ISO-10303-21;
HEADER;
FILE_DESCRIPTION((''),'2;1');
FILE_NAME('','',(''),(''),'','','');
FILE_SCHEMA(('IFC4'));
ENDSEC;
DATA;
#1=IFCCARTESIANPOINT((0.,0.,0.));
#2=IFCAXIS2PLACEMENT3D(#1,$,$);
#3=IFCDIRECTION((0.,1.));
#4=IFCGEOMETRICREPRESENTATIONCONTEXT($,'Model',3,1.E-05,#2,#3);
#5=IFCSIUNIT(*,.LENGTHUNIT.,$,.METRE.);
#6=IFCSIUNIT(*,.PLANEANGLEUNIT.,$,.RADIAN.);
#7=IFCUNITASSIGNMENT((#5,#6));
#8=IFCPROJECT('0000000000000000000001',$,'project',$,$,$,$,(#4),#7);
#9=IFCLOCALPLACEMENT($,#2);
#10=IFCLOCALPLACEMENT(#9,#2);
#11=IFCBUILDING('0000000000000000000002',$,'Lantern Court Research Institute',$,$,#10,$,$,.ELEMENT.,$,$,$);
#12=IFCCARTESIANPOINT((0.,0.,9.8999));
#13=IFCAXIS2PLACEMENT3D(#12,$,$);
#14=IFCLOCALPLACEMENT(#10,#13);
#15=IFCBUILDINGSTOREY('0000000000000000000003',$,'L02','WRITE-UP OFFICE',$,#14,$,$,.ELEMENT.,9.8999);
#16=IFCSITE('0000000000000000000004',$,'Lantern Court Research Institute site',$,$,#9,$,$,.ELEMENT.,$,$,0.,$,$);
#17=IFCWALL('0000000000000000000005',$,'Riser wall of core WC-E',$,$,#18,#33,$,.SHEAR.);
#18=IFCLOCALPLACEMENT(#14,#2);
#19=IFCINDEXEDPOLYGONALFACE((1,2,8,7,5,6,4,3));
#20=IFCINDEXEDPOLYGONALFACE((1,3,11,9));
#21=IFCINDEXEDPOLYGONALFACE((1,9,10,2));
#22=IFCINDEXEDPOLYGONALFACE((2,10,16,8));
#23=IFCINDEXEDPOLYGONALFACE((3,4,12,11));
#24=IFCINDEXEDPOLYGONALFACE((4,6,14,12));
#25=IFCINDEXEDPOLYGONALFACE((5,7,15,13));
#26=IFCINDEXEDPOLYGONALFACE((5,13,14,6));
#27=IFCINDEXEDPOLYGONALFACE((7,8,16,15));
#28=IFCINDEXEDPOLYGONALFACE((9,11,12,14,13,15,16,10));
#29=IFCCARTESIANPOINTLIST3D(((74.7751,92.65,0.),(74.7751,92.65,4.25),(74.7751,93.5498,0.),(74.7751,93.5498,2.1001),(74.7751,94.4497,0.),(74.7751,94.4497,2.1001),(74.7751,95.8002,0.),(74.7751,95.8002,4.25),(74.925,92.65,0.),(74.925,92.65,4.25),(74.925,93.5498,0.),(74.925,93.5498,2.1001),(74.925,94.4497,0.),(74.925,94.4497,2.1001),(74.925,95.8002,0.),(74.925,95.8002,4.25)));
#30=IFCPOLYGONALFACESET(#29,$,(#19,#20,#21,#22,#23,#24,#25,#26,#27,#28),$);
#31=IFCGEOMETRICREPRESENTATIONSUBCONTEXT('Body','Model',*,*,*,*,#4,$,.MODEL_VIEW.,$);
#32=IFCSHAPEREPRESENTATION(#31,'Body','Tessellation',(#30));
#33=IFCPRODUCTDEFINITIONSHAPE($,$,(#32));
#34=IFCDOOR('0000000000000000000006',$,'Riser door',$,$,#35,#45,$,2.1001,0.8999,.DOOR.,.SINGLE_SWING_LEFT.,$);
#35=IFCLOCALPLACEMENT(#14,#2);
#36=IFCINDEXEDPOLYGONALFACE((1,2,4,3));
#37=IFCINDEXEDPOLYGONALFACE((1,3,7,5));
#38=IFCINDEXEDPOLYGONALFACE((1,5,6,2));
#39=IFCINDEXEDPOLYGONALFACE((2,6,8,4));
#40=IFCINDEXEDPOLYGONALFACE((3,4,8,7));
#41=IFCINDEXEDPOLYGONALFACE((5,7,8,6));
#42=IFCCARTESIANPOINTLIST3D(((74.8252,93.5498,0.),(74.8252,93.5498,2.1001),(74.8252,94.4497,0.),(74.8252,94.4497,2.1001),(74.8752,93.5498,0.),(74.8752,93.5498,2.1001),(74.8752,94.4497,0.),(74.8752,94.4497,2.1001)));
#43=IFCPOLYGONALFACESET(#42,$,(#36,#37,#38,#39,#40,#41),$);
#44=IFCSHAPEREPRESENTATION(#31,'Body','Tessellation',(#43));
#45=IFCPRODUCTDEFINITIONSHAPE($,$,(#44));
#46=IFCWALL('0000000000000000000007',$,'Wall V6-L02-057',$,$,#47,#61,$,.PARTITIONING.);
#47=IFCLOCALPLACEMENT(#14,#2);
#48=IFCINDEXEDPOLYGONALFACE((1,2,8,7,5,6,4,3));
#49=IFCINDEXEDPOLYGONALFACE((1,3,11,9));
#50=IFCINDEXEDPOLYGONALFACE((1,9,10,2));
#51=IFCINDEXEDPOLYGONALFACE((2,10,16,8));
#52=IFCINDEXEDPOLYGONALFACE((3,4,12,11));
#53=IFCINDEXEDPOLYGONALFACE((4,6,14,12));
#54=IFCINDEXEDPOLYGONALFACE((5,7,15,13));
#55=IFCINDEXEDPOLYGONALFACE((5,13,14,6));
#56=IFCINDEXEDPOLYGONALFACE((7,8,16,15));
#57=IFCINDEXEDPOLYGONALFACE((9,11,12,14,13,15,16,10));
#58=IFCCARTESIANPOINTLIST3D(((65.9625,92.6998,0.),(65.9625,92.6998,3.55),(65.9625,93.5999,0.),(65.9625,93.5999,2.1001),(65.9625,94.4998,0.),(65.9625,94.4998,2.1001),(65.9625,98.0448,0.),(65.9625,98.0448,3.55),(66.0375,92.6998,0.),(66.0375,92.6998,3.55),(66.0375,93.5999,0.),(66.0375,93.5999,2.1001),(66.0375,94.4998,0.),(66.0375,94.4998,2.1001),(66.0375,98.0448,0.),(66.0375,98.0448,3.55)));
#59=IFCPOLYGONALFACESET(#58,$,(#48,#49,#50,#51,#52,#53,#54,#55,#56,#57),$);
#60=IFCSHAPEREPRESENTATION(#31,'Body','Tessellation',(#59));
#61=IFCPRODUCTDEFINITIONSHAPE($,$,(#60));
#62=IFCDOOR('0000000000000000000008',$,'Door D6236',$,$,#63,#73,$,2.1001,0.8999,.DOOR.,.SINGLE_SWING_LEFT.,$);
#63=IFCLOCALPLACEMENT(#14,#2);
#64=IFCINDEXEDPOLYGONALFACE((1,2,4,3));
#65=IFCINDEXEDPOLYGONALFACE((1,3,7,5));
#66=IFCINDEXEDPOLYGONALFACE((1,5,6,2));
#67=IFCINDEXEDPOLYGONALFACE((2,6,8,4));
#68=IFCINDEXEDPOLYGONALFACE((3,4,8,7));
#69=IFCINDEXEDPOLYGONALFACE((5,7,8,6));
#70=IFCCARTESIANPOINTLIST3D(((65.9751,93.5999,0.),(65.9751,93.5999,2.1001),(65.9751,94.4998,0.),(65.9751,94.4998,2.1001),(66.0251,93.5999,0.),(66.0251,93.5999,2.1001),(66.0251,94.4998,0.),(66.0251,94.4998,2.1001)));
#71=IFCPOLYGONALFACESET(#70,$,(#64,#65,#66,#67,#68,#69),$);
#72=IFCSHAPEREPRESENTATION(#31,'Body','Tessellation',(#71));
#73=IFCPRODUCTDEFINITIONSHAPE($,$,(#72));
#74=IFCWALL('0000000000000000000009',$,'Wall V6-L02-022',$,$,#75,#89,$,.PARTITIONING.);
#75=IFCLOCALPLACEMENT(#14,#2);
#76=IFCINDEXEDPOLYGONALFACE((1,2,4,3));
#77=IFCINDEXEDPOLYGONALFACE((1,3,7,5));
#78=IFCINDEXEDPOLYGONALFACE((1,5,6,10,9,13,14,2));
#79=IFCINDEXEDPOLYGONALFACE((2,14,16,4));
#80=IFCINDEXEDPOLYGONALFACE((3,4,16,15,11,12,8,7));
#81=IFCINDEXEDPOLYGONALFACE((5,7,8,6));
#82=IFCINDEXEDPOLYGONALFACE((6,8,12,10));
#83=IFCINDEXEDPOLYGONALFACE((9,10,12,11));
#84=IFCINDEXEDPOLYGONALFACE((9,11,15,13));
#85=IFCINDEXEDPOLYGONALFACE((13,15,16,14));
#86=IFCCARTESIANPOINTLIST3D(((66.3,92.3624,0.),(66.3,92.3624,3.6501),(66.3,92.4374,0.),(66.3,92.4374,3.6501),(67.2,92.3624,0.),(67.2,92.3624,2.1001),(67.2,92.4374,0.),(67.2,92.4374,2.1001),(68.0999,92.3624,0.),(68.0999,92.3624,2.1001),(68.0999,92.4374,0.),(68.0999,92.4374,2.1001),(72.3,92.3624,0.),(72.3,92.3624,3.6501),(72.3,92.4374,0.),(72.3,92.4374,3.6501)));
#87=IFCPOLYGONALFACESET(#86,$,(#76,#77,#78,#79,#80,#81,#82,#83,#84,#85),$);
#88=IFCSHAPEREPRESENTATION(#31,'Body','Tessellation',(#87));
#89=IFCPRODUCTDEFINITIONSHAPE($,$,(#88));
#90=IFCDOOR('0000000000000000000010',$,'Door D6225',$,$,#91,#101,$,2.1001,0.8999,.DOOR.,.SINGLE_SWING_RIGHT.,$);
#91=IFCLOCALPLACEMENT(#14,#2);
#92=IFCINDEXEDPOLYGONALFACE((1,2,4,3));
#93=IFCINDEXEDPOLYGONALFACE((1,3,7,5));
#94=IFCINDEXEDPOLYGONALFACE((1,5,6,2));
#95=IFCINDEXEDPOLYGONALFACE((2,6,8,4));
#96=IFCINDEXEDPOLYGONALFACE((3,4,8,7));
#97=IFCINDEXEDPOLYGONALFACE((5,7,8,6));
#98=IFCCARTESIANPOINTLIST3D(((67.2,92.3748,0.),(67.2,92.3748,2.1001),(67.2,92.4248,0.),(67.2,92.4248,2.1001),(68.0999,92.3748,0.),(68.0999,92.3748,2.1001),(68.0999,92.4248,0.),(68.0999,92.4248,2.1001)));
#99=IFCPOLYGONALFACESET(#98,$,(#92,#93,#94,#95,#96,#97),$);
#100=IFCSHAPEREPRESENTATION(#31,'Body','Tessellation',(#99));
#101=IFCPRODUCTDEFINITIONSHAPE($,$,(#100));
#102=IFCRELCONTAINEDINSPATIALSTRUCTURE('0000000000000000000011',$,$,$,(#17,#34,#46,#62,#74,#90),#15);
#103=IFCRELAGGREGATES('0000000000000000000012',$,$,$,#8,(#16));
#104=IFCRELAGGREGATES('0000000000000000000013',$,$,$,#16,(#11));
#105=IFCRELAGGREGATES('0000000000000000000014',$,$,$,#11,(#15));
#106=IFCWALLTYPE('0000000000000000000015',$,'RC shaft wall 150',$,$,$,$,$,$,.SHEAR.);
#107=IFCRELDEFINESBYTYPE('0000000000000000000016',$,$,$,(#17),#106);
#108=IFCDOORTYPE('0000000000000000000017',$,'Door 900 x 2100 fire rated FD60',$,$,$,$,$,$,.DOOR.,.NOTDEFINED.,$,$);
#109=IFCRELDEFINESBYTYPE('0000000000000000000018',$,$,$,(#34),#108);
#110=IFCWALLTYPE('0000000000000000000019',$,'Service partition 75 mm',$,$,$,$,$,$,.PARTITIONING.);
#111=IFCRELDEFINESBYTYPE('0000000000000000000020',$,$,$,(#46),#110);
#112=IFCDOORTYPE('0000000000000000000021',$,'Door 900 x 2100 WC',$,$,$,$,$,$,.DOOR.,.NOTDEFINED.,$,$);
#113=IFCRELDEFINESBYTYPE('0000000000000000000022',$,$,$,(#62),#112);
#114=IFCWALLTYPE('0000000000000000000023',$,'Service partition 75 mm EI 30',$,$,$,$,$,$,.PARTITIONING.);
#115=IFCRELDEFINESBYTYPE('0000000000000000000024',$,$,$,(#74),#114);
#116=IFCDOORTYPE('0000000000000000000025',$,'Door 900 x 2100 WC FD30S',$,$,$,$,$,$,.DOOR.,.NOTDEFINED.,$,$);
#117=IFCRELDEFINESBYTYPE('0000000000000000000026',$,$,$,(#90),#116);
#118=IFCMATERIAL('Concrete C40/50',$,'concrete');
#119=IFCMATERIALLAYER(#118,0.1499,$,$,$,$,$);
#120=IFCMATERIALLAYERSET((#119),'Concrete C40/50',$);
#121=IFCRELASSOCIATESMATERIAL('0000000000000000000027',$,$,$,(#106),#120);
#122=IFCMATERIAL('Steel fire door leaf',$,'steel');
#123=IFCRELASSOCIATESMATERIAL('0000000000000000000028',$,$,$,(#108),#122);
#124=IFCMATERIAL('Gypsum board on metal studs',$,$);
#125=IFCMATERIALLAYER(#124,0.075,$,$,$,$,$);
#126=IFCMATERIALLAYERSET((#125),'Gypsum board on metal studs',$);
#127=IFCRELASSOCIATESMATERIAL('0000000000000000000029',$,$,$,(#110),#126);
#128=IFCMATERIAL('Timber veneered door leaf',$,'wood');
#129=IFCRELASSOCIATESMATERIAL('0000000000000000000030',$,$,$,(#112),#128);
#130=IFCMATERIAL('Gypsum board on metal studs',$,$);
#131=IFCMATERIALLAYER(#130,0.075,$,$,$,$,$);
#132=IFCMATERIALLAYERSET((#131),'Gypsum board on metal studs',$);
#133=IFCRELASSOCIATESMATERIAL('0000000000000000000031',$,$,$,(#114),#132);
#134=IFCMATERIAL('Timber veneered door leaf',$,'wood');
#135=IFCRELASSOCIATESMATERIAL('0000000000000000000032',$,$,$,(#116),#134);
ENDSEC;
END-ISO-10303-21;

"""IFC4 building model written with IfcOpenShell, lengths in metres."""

from ifc_helpers import new_model, si_unit, direction, frame, frame_2d, origin, place, context, subcontext, project, spatial, rectangle, extrude, material, layer, layer_set, type_object, element, fill, save


model = new_model("IFC4")

# Units and contexts
model_context = context("Model", 3, precision=1e-05, world=origin(), true_north=direction((0.0, 1.0)))
body_context = subcontext(model_context, "Body", "Model", "MODEL_VIEW")
ifc_project = project(units=[si_unit("LENGTHUNIT", "METRE"), si_unit("PLANEANGLEUNIT", "RADIAN")], contexts=[model_context])

# Site, building, storey
site_placement = place(None, origin())
site = spatial("IfcSite", under=ifc_project, at=site_placement, Name="Lantern Court Research Institute site", CompositionType="ELEMENT", RefElevation=0.0)
building_placement = place(site_placement, origin())
building = spatial("IfcBuilding", under=site, at=building_placement, Name="Lantern Court Research Institute", CompositionType="ELEMENT")
storey_placement = place(building_placement, frame((0.0, 0.0, 9.8999)))
storey = spatial("IfcBuildingStorey", under=building, at=storey_placement, Name="L02", Description="WRITE-UP OFFICE", CompositionType="ELEMENT", Elevation=9.8999)

# Walls, openings, doors
ifc_material_1 = material(Name="Concrete C40/50", Category="concrete")
ifc_layer_1 = layer(ifc_material_1, 0.1499)
ifc_layer_set_1 = layer_set([ifc_layer_1], Name="Concrete C40/50")
wall_type_1 = type_object("IfcWallType", Name="RC shaft wall 150", PredefinedType="SHEAR", material=ifc_layer_set_1)
wall_1_placement = place(storey_placement, frame((74.8501, 92.6499, 0.0), z_axis=(0.0, 0.0, 1.0), x_axis=(0.0, 1.0, 0.0)))
wall_1 = element("IfcWall", 1, at=wall_1_placement, inside=storey, type_object=wall_type_1, Name="Riser wall of core WC-E", PredefinedType="SHEAR", context=body_context, shape_type="SweptSolid", body=[
    extrude(rectangle(XDim=3.1501, YDim=0.1499, at=frame_2d((1.5752, 0.0))), origin(), (0.0, 0.0, 1.0), 4.25),
])
opening_1_placement = place(wall_1_placement, frame((0.8999, 0.0, 0.0)))
opening_1 = element("IfcOpeningElement", 2, at=opening_1_placement, cuts=wall_1, PredefinedType="OPENING", context=body_context, shape_type="SweptSolid", body=[
    extrude(rectangle(XDim=0.8999, YDim=2.1001, at=frame_2d((0.45, 1.05))), frame((0.0, 0.085, 0.0), z_axis=(0.0, -1.0, 0.0), x_axis=(1.0, 0.0, 0.0)), (0.0, 0.0, 1.0), 0.1699),
])
ifc_material_2 = material(Name="Steel fire door leaf", Category="steel")
door_type_1 = type_object("IfcDoorType", Name="Door 900 x 2100 fire rated FD60", OperationType="NOTDEFINED", PredefinedType="DOOR", material=ifc_material_2)
door_1_placement = place(opening_1_placement, origin())
door_1 = element("IfcDoor", 3, at=door_1_placement, inside=storey, type_object=door_type_1, Name="Riser door", OperationType="SINGLE_SWING_LEFT", OverallHeight=2.1001, OverallWidth=0.8999, PredefinedType="DOOR", context=body_context, shape_type="SweptSolid", body=[
    extrude(rectangle(XDim=0.8999, YDim=2.1001, at=frame_2d((0.45, 1.05))), frame((0.0, 0.0249, 0.0), z_axis=(0.0, -1.0, 0.0), x_axis=(1.0, 0.0, 0.0)), (0.0, 0.0, 1.0), 0.05),
])
fill(opening_1, door_1)
ifc_material_3 = material(Name="Gypsum board on metal studs")
ifc_layer_2 = layer(ifc_material_3, 0.075)
ifc_layer_set_2 = layer_set([ifc_layer_2], Name="Gypsum board on metal studs")
wall_type_2 = type_object("IfcWallType", Name="Service partition 75 mm", PredefinedType="PARTITIONING", material=ifc_layer_set_2)
wall_2_placement = place(storey_placement, frame((66.0, 92.7, 0.0), z_axis=(0.0, 0.0, 1.0), x_axis=(0.0, 1.0, 0.0)))
wall_2 = element("IfcWall", 4, at=wall_2_placement, inside=storey, type_object=wall_type_2, Name="Wall V6-L02-057", PredefinedType="PARTITIONING", context=body_context, shape_type="SweptSolid", body=[
    extrude(rectangle(XDim=5.345, YDim=0.075, at=frame_2d((2.6724, 0.0))), origin(), (0.0, 0.0, 1.0), 3.55),
])
opening_2_placement = place(wall_2_placement, frame((0.8999, 0.0, 0.0)))
opening_2 = element("IfcOpeningElement", 5, at=opening_2_placement, cuts=wall_2, PredefinedType="OPENING", context=body_context, shape_type="SweptSolid", body=[
    extrude(rectangle(XDim=0.8999, YDim=2.1001, at=frame_2d((0.45, 1.05))), frame((0.0, 0.0474, 0.0), z_axis=(0.0, -1.0, 0.0), x_axis=(1.0, 0.0, 0.0)), (0.0, 0.0, 1.0), 0.095),
])
ifc_material_4 = material(Name="Timber veneered door leaf", Category="wood")
door_type_2 = type_object("IfcDoorType", Name="Door 900 x 2100 WC", OperationType="NOTDEFINED", PredefinedType="DOOR", material=ifc_material_4)
door_2_placement = place(opening_2_placement, origin())
door_2 = element("IfcDoor", 6, at=door_2_placement, inside=storey, type_object=door_type_2, Name="Door D6236", OperationType="SINGLE_SWING_LEFT", OverallHeight=2.1001, OverallWidth=0.8999, PredefinedType="DOOR", context=body_context, shape_type="SweptSolid", body=[
    extrude(rectangle(XDim=0.8999, YDim=2.1001, at=frame_2d((0.45, 1.05))), frame((0.0, 0.0249, 0.0), z_axis=(0.0, -1.0, 0.0), x_axis=(1.0, 0.0, 0.0)), (0.0, 0.0, 1.0), 0.05),
])
fill(opening_2, door_2)
ifc_material_5 = material(Name="Gypsum board on metal studs")
ifc_layer_3 = layer(ifc_material_5, 0.075)
ifc_layer_set_3 = layer_set([ifc_layer_3], Name="Gypsum board on metal studs")
wall_type_3 = type_object("IfcWallType", Name="Service partition 75 mm EI 30", PredefinedType="PARTITIONING", material=ifc_layer_set_3)
wall_3_placement = place(storey_placement, frame((66.3, 92.3999, 0.0), z_axis=(0.0, 0.0, 1.0), x_axis=(1.0, 0.0, 0.0)))
wall_3 = element("IfcWall", 7, at=wall_3_placement, inside=storey, type_object=wall_type_3, Name="Wall V6-L02-022", PredefinedType="PARTITIONING", context=body_context, shape_type="SweptSolid", body=[
    extrude(rectangle(XDim=6.0, YDim=0.075, at=frame_2d((3.0, 0.0))), origin(), (0.0, 0.0, 1.0), 3.6501),
])
opening_3_placement = place(wall_3_placement, frame((0.8999, 0.0, 0.0)))
opening_3 = element("IfcOpeningElement", 8, at=opening_3_placement, cuts=wall_3, PredefinedType="OPENING", context=body_context, shape_type="SweptSolid", body=[
    extrude(rectangle(XDim=0.8999, YDim=2.1001, at=frame_2d((0.45, 1.05))), frame((0.0, 0.0474, 0.0), z_axis=(0.0, -1.0, 0.0), x_axis=(1.0, 0.0, 0.0)), (0.0, 0.0, 1.0), 0.095),
])
ifc_material_6 = material(Name="Timber veneered door leaf", Category="wood")
door_type_3 = type_object("IfcDoorType", Name="Door 900 x 2100 WC FD30S", OperationType="NOTDEFINED", PredefinedType="DOOR", material=ifc_material_6)
door_3_placement = place(opening_3_placement, origin())
door_3 = element("IfcDoor", 9, at=door_3_placement, inside=storey, type_object=door_type_3, Name="Door D6225", OperationType="SINGLE_SWING_RIGHT", OverallHeight=2.1001, OverallWidth=0.8999, PredefinedType="DOOR", context=body_context, shape_type="SweptSolid", body=[
    extrude(rectangle(XDim=0.8999, YDim=2.1001, at=frame_2d((0.45, 1.05))), frame((0.0, 0.0249, 0.0), z_axis=(0.0, -1.0, 0.0), x_axis=(1.0, 0.0, 0.0)), (0.0, 0.0, 1.0), 0.05),
])
fill(opening_3, door_3)

save(model, "model.ifc")
